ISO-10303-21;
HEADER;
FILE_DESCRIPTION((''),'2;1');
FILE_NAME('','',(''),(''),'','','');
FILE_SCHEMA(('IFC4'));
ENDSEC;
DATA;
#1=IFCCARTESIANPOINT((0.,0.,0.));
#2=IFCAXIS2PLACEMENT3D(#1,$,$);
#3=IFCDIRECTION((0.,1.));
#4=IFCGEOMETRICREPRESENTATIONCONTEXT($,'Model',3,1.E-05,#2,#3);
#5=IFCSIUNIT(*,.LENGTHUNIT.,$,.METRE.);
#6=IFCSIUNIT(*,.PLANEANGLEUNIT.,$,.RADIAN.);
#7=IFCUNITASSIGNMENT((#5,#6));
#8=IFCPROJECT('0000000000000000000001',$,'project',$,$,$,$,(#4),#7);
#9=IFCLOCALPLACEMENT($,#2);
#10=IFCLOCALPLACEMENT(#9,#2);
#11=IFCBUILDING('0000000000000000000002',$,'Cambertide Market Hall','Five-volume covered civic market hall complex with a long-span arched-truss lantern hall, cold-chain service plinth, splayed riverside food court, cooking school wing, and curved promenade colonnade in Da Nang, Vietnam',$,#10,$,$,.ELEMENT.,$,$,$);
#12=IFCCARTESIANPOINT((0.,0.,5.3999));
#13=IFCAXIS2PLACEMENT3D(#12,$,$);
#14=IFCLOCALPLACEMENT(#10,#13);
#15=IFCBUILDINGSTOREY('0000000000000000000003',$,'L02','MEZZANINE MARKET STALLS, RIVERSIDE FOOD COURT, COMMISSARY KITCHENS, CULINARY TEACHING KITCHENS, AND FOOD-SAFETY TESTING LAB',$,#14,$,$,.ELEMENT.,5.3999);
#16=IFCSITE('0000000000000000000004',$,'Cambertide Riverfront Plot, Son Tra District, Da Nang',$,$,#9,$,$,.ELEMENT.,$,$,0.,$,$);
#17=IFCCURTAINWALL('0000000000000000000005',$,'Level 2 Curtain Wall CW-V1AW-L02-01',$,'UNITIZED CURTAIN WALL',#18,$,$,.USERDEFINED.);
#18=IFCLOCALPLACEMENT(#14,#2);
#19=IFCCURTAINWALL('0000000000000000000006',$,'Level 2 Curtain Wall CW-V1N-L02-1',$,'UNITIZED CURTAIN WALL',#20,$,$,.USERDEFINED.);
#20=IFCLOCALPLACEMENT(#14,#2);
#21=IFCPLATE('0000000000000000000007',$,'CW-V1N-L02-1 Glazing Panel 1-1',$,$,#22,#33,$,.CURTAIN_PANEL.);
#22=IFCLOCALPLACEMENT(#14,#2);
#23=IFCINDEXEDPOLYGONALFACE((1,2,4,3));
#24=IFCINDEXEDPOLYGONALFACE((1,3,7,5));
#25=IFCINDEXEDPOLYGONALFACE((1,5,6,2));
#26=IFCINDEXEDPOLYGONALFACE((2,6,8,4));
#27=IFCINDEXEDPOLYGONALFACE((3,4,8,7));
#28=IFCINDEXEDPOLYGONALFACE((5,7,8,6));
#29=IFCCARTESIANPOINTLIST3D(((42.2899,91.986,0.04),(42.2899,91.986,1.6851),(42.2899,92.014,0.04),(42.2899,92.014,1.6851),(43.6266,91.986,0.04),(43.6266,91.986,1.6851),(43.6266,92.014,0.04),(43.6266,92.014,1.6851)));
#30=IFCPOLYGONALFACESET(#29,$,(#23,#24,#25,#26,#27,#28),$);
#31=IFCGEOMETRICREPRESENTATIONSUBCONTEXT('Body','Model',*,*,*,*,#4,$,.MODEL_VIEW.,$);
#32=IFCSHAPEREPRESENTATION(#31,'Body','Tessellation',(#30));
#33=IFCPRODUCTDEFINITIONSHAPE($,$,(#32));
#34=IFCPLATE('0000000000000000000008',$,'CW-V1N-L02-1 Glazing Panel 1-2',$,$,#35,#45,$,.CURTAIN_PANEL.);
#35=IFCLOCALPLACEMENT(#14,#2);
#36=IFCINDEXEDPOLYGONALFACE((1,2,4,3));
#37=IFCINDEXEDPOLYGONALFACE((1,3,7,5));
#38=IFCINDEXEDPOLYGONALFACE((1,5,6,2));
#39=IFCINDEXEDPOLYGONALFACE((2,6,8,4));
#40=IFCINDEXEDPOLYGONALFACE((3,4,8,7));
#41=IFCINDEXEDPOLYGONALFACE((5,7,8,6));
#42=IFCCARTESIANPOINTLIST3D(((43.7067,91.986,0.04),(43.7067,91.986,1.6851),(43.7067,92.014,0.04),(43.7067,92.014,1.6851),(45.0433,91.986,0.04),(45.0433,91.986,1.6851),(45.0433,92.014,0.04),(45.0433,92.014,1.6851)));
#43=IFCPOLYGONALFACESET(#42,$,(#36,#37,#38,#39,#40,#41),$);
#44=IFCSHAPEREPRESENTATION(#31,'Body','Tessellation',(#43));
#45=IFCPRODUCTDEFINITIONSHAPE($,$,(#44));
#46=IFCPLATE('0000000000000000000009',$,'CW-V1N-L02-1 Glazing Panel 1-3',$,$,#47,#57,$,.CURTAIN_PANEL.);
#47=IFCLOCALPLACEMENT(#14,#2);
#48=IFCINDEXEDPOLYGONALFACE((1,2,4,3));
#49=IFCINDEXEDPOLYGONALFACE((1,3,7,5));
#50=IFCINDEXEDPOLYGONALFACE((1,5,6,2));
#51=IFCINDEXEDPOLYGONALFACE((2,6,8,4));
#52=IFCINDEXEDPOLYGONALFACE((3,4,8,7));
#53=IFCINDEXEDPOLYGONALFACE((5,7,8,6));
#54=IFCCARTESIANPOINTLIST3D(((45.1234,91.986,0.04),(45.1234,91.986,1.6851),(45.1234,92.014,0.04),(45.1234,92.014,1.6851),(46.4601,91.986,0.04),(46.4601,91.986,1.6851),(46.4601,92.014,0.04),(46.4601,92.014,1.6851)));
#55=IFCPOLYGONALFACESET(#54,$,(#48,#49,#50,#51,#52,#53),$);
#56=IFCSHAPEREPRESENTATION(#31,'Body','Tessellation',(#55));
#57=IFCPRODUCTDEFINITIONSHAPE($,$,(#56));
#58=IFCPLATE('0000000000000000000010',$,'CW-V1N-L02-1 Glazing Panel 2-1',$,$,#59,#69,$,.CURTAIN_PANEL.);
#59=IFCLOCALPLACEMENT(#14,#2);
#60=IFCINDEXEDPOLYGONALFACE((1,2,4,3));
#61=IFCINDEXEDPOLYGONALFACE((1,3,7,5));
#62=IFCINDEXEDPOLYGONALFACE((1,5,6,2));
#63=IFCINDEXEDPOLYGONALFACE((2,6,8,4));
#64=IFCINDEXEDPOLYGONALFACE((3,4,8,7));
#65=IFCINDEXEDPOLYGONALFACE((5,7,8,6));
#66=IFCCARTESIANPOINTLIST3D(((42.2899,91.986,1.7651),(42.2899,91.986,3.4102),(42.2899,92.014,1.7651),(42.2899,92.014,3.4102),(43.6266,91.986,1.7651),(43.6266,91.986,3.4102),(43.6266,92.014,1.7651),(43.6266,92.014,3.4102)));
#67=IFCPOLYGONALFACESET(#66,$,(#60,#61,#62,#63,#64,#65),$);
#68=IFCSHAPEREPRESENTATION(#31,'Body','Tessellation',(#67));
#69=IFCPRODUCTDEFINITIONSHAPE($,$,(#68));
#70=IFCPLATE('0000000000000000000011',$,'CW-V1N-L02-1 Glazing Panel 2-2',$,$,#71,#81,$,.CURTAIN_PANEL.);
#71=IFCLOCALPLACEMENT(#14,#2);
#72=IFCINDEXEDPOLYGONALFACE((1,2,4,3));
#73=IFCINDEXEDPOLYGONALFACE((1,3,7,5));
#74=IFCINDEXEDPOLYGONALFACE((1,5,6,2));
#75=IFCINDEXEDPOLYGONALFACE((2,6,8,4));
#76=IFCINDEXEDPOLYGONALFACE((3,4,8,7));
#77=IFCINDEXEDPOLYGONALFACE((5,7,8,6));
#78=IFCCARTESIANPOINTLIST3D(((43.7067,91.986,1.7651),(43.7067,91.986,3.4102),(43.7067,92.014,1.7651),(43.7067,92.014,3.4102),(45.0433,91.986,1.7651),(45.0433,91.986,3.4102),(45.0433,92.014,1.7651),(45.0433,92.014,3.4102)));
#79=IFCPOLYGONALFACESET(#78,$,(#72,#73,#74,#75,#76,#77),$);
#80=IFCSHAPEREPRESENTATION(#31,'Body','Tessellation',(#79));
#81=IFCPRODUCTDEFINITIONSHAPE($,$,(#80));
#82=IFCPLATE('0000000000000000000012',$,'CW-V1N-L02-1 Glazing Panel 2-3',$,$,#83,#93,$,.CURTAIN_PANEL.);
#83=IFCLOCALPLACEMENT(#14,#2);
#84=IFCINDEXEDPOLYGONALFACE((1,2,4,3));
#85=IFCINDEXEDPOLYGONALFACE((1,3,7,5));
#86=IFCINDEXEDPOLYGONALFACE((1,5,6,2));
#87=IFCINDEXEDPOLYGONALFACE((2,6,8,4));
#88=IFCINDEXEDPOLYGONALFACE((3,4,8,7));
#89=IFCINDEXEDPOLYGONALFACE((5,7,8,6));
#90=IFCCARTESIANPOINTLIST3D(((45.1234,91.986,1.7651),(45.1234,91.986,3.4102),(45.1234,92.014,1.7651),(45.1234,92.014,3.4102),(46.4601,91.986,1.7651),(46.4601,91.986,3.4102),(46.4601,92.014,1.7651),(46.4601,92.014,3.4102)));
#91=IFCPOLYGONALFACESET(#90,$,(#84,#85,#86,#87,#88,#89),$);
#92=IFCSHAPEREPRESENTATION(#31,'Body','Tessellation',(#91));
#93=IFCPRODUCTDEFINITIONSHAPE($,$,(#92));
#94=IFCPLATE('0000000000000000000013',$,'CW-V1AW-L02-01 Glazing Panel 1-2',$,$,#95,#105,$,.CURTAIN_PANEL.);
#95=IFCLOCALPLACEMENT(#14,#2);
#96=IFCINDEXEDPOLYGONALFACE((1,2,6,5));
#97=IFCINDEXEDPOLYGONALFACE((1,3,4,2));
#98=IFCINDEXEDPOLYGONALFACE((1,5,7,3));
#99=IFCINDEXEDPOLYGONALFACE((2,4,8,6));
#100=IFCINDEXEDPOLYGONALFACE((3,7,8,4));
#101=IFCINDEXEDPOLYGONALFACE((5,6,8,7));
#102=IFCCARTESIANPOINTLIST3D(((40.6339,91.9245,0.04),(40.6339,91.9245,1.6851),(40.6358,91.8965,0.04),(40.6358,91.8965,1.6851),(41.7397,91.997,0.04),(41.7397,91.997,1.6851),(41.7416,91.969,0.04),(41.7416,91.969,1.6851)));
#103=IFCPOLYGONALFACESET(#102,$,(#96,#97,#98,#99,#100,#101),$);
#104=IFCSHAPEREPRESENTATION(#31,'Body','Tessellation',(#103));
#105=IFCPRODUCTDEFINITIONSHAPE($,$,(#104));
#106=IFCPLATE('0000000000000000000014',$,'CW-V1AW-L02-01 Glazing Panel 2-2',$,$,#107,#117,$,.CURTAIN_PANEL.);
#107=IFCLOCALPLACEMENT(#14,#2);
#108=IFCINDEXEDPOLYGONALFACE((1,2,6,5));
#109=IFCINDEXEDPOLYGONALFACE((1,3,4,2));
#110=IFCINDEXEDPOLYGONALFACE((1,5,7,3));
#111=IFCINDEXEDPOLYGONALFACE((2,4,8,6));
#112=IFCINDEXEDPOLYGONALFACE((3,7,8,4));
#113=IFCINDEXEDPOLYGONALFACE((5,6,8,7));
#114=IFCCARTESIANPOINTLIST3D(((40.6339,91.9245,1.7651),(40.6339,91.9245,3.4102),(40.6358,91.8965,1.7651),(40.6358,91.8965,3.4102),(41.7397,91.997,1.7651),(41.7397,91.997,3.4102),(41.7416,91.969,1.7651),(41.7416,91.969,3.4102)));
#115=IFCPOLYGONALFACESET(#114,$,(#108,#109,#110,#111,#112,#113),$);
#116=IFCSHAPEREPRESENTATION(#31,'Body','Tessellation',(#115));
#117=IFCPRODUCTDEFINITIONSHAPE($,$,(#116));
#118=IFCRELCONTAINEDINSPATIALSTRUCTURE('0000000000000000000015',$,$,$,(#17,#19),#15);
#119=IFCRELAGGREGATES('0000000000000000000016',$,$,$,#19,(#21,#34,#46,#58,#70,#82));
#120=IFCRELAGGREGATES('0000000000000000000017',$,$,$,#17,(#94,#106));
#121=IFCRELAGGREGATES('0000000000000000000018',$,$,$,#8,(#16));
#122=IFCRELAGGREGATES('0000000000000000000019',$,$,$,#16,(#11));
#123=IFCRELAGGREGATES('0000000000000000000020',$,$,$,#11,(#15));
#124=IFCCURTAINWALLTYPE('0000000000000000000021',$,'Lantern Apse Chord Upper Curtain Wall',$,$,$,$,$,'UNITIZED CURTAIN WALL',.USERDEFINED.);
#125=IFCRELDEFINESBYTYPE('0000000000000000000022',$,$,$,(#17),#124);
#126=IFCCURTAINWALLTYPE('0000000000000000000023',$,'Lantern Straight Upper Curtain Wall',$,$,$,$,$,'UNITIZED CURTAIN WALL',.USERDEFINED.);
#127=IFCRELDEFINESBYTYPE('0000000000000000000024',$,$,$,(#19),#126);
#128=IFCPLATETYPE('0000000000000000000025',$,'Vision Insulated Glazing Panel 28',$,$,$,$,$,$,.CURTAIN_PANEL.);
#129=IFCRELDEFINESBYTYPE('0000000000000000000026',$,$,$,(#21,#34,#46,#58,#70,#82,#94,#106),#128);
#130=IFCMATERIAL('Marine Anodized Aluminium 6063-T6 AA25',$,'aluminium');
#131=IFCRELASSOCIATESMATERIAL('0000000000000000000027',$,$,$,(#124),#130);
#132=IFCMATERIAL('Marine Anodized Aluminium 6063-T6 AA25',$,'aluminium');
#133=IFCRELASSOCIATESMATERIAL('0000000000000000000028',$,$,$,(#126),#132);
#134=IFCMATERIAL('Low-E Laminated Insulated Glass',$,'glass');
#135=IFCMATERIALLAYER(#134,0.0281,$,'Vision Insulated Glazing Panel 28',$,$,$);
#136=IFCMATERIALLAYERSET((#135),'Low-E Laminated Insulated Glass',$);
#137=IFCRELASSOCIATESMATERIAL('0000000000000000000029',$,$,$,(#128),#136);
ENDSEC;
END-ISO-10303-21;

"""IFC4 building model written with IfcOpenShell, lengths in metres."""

from ifc_helpers import new_model, si_unit, direction, frame, origin, origin_2d, place, context, subcontext, project, spatial, rectangle, extrude, material, layer, layer_set, type_object, element, aggregate, save


model = new_model("IFC4")

# Units and contexts
model_context = context("Model", 3, precision=1e-05, world=origin(), true_north=direction((0.0, 1.0)))
body_context = subcontext(model_context, "Body", "Model", "MODEL_VIEW")
ifc_project = project(units=[si_unit("LENGTHUNIT", "METRE"), si_unit("PLANEANGLEUNIT", "RADIAN")], contexts=[model_context])

# Site, building, storey
site_placement = place(None, origin())
site = spatial("IfcSite", under=ifc_project, at=site_placement, Name="Cambertide Riverfront Plot, Son Tra District, Da Nang", CompositionType="ELEMENT", RefElevation=0.0)
building_placement = place(site_placement, origin())
building = spatial("IfcBuilding", under=site, at=building_placement, Name="Cambertide Market Hall", Description="Five-volume covered civic market hall complex with a long-span arched-truss lantern hall, cold-chain service plinth, splayed riverside food court, cooking school wing, and curved promenade colonnade in Da Nang, Vietnam", CompositionType="ELEMENT")
storey_placement = place(building_placement, frame((0.0, 0.0, 5.3999)))
storey = spatial("IfcBuildingStorey", under=building, at=storey_placement, Name="L02", Description="MEZZANINE MARKET STALLS, RIVERSIDE FOOD COURT, COMMISSARY KITCHENS, CULINARY TEACHING KITCHENS, AND FOOD-SAFETY TESTING LAB", CompositionType="ELEMENT", Elevation=5.3999)

# Curtain wall
ifc_material_1 = material(Name="Marine Anodized Aluminium 6063-T6 AA25", Category="aluminium")
curtain_wall_type_1 = type_object("IfcCurtainWallType", Name="Lantern Apse Chord Upper Curtain Wall", ElementType="UNITIZED CURTAIN WALL", PredefinedType="USERDEFINED", material=ifc_material_1)
curtain_wall_1_placement = place(storey_placement, origin())
curtain_wall_1 = element("IfcCurtainWall", 1, at=curtain_wall_1_placement, inside=storey, type_object=curtain_wall_type_1, Name="Level 2 Curtain Wall CW-V1AW-L02-01", ObjectType="UNITIZED CURTAIN WALL", PredefinedType="USERDEFINED")

# Curtain wall
ifc_material_2 = material(Name="Marine Anodized Aluminium 6063-T6 AA25", Category="aluminium")
curtain_wall_type_2 = type_object("IfcCurtainWallType", Name="Lantern Straight Upper Curtain Wall", ElementType="UNITIZED CURTAIN WALL", PredefinedType="USERDEFINED", material=ifc_material_2)
curtain_wall_2_placement = place(storey_placement, origin())
curtain_wall_2 = element("IfcCurtainWall", 2, at=curtain_wall_2_placement, inside=storey, type_object=curtain_wall_type_2, Name="Level 2 Curtain Wall CW-V1N-L02-1", ObjectType="UNITIZED CURTAIN WALL", PredefinedType="USERDEFINED")

# Plates
ifc_material_3 = material(Name="Low-E Laminated Insulated Glass", Category="glass")
ifc_layer = layer(ifc_material_3, 0.0281, Name="Vision Insulated Glazing Panel 28")
ifc_layer_set = layer_set([ifc_layer], Name="Low-E Laminated Insulated Glass")
plate_type = type_object("IfcPlateType", Name="Vision Insulated Glazing Panel 28", PredefinedType="CURTAIN_PANEL", material=ifc_layer_set)
plate_1_placement = place(storey_placement, frame((42.9583, 92.0, 0.04), z_axis=(0.0, 0.0, 1.0), x_axis=(1.0, 0.0, 0.0)))
plate_1 = element("IfcPlate", 3, at=plate_1_placement, type_object=plate_type, Name="CW-V1N-L02-1 Glazing Panel 1-1", PredefinedType="CURTAIN_PANEL", context=body_context, shape_type="SweptSolid", body=[
    extrude(rectangle(XDim=1.3367, YDim=0.0281, at=origin_2d()), origin(), (0.0, 0.0, 1.0), 1.645),
])
plate_2_placement = place(storey_placement, frame((44.375, 92.0, 0.04), z_axis=(0.0, 0.0, 1.0), x_axis=(1.0, 0.0, 0.0)))
plate_2 = element("IfcPlate", 4, at=plate_2_placement, type_object=plate_type, Name="CW-V1N-L02-1 Glazing Panel 1-2", PredefinedType="CURTAIN_PANEL", context=body_context, shape_type="SweptSolid", body=[
    extrude(rectangle(XDim=1.3367, YDim=0.0281, at=origin_2d()), origin(), (0.0, 0.0, 1.0), 1.645),
])
plate_3_placement = place(storey_placement, frame((45.7917, 92.0, 0.04), z_axis=(0.0, 0.0, 1.0), x_axis=(1.0, 0.0, 0.0)))
plate_3 = element("IfcPlate", 5, at=plate_3_placement, type_object=plate_type, Name="CW-V1N-L02-1 Glazing Panel 1-3", PredefinedType="CURTAIN_PANEL", context=body_context, shape_type="SweptSolid", body=[
    extrude(rectangle(XDim=1.3367, YDim=0.0281, at=origin_2d()), origin(), (0.0, 0.0, 1.0), 1.645),
])
plate_4_placement = place(storey_placement, frame((42.9583, 92.0, 1.7651), z_axis=(0.0, 0.0, 1.0), x_axis=(1.0, 0.0, 0.0)))
plate_4 = element("IfcPlate", 6, at=plate_4_placement, type_object=plate_type, Name="CW-V1N-L02-1 Glazing Panel 2-1", PredefinedType="CURTAIN_PANEL", context=body_context, shape_type="SweptSolid", body=[
    extrude(rectangle(XDim=1.3367, YDim=0.0281, at=origin_2d()), origin(), (0.0, 0.0, 1.0), 1.645),
])
plate_5_placement = place(storey_placement, frame((44.375, 92.0, 1.7651), z_axis=(0.0, 0.0, 1.0), x_axis=(1.0, 0.0, 0.0)))
plate_5 = element("IfcPlate", 7, at=plate_5_placement, type_object=plate_type, Name="CW-V1N-L02-1 Glazing Panel 2-2", PredefinedType="CURTAIN_PANEL", context=body_context, shape_type="SweptSolid", body=[
    extrude(rectangle(XDim=1.3367, YDim=0.0281, at=origin_2d()), origin(), (0.0, 0.0, 1.0), 1.645),
])
plate_6_placement = place(storey_placement, frame((45.7917, 92.0, 1.7651), z_axis=(0.0, 0.0, 1.0), x_axis=(1.0, 0.0, 0.0)))
plate_6 = element("IfcPlate", 8, at=plate_6_placement, type_object=plate_type, Name="CW-V1N-L02-1 Glazing Panel 2-3", PredefinedType="CURTAIN_PANEL", context=body_context, shape_type="SweptSolid", body=[
    extrude(rectangle(XDim=1.3367, YDim=0.0281, at=origin_2d()), origin(), (0.0, 0.0, 1.0), 1.645),
])
aggregate(curtain_wall_2, [plate_1, plate_2, plate_3, plate_4, plate_5, plate_6])
plate_7_placement = place(storey_placement, frame((41.1877, 91.9468, 0.04), z_axis=(0.0, 0.0, 1.0), x_axis=(0.997859, 0.065403, 0.0)))
plate_7 = element("IfcPlate", 9, at=plate_7_placement, type_object=plate_type, Name="CW-V1AW-L02-01 Glazing Panel 1-2", PredefinedType="CURTAIN_PANEL", context=body_context, shape_type="SweptSolid", body=[
    extrude(rectangle(XDim=1.1082, YDim=0.0281, at=origin_2d()), origin(), (0.0, 0.0, 1.0), 1.645),
])
plate_8_placement = place(storey_placement, frame((41.1877, 91.9468, 1.7651), z_axis=(0.0, 0.0, 1.0), x_axis=(0.997859, 0.065403, 0.0)))
plate_8 = element("IfcPlate", 10, at=plate_8_placement, type_object=plate_type, Name="CW-V1AW-L02-01 Glazing Panel 2-2", PredefinedType="CURTAIN_PANEL", context=body_context, shape_type="SweptSolid", body=[
    extrude(rectangle(XDim=1.1082, YDim=0.0281, at=origin_2d()), origin(), (0.0, 0.0, 1.0), 1.645),
])
aggregate(curtain_wall_1, [plate_7, plate_8])

save(model, "model.ifc")
